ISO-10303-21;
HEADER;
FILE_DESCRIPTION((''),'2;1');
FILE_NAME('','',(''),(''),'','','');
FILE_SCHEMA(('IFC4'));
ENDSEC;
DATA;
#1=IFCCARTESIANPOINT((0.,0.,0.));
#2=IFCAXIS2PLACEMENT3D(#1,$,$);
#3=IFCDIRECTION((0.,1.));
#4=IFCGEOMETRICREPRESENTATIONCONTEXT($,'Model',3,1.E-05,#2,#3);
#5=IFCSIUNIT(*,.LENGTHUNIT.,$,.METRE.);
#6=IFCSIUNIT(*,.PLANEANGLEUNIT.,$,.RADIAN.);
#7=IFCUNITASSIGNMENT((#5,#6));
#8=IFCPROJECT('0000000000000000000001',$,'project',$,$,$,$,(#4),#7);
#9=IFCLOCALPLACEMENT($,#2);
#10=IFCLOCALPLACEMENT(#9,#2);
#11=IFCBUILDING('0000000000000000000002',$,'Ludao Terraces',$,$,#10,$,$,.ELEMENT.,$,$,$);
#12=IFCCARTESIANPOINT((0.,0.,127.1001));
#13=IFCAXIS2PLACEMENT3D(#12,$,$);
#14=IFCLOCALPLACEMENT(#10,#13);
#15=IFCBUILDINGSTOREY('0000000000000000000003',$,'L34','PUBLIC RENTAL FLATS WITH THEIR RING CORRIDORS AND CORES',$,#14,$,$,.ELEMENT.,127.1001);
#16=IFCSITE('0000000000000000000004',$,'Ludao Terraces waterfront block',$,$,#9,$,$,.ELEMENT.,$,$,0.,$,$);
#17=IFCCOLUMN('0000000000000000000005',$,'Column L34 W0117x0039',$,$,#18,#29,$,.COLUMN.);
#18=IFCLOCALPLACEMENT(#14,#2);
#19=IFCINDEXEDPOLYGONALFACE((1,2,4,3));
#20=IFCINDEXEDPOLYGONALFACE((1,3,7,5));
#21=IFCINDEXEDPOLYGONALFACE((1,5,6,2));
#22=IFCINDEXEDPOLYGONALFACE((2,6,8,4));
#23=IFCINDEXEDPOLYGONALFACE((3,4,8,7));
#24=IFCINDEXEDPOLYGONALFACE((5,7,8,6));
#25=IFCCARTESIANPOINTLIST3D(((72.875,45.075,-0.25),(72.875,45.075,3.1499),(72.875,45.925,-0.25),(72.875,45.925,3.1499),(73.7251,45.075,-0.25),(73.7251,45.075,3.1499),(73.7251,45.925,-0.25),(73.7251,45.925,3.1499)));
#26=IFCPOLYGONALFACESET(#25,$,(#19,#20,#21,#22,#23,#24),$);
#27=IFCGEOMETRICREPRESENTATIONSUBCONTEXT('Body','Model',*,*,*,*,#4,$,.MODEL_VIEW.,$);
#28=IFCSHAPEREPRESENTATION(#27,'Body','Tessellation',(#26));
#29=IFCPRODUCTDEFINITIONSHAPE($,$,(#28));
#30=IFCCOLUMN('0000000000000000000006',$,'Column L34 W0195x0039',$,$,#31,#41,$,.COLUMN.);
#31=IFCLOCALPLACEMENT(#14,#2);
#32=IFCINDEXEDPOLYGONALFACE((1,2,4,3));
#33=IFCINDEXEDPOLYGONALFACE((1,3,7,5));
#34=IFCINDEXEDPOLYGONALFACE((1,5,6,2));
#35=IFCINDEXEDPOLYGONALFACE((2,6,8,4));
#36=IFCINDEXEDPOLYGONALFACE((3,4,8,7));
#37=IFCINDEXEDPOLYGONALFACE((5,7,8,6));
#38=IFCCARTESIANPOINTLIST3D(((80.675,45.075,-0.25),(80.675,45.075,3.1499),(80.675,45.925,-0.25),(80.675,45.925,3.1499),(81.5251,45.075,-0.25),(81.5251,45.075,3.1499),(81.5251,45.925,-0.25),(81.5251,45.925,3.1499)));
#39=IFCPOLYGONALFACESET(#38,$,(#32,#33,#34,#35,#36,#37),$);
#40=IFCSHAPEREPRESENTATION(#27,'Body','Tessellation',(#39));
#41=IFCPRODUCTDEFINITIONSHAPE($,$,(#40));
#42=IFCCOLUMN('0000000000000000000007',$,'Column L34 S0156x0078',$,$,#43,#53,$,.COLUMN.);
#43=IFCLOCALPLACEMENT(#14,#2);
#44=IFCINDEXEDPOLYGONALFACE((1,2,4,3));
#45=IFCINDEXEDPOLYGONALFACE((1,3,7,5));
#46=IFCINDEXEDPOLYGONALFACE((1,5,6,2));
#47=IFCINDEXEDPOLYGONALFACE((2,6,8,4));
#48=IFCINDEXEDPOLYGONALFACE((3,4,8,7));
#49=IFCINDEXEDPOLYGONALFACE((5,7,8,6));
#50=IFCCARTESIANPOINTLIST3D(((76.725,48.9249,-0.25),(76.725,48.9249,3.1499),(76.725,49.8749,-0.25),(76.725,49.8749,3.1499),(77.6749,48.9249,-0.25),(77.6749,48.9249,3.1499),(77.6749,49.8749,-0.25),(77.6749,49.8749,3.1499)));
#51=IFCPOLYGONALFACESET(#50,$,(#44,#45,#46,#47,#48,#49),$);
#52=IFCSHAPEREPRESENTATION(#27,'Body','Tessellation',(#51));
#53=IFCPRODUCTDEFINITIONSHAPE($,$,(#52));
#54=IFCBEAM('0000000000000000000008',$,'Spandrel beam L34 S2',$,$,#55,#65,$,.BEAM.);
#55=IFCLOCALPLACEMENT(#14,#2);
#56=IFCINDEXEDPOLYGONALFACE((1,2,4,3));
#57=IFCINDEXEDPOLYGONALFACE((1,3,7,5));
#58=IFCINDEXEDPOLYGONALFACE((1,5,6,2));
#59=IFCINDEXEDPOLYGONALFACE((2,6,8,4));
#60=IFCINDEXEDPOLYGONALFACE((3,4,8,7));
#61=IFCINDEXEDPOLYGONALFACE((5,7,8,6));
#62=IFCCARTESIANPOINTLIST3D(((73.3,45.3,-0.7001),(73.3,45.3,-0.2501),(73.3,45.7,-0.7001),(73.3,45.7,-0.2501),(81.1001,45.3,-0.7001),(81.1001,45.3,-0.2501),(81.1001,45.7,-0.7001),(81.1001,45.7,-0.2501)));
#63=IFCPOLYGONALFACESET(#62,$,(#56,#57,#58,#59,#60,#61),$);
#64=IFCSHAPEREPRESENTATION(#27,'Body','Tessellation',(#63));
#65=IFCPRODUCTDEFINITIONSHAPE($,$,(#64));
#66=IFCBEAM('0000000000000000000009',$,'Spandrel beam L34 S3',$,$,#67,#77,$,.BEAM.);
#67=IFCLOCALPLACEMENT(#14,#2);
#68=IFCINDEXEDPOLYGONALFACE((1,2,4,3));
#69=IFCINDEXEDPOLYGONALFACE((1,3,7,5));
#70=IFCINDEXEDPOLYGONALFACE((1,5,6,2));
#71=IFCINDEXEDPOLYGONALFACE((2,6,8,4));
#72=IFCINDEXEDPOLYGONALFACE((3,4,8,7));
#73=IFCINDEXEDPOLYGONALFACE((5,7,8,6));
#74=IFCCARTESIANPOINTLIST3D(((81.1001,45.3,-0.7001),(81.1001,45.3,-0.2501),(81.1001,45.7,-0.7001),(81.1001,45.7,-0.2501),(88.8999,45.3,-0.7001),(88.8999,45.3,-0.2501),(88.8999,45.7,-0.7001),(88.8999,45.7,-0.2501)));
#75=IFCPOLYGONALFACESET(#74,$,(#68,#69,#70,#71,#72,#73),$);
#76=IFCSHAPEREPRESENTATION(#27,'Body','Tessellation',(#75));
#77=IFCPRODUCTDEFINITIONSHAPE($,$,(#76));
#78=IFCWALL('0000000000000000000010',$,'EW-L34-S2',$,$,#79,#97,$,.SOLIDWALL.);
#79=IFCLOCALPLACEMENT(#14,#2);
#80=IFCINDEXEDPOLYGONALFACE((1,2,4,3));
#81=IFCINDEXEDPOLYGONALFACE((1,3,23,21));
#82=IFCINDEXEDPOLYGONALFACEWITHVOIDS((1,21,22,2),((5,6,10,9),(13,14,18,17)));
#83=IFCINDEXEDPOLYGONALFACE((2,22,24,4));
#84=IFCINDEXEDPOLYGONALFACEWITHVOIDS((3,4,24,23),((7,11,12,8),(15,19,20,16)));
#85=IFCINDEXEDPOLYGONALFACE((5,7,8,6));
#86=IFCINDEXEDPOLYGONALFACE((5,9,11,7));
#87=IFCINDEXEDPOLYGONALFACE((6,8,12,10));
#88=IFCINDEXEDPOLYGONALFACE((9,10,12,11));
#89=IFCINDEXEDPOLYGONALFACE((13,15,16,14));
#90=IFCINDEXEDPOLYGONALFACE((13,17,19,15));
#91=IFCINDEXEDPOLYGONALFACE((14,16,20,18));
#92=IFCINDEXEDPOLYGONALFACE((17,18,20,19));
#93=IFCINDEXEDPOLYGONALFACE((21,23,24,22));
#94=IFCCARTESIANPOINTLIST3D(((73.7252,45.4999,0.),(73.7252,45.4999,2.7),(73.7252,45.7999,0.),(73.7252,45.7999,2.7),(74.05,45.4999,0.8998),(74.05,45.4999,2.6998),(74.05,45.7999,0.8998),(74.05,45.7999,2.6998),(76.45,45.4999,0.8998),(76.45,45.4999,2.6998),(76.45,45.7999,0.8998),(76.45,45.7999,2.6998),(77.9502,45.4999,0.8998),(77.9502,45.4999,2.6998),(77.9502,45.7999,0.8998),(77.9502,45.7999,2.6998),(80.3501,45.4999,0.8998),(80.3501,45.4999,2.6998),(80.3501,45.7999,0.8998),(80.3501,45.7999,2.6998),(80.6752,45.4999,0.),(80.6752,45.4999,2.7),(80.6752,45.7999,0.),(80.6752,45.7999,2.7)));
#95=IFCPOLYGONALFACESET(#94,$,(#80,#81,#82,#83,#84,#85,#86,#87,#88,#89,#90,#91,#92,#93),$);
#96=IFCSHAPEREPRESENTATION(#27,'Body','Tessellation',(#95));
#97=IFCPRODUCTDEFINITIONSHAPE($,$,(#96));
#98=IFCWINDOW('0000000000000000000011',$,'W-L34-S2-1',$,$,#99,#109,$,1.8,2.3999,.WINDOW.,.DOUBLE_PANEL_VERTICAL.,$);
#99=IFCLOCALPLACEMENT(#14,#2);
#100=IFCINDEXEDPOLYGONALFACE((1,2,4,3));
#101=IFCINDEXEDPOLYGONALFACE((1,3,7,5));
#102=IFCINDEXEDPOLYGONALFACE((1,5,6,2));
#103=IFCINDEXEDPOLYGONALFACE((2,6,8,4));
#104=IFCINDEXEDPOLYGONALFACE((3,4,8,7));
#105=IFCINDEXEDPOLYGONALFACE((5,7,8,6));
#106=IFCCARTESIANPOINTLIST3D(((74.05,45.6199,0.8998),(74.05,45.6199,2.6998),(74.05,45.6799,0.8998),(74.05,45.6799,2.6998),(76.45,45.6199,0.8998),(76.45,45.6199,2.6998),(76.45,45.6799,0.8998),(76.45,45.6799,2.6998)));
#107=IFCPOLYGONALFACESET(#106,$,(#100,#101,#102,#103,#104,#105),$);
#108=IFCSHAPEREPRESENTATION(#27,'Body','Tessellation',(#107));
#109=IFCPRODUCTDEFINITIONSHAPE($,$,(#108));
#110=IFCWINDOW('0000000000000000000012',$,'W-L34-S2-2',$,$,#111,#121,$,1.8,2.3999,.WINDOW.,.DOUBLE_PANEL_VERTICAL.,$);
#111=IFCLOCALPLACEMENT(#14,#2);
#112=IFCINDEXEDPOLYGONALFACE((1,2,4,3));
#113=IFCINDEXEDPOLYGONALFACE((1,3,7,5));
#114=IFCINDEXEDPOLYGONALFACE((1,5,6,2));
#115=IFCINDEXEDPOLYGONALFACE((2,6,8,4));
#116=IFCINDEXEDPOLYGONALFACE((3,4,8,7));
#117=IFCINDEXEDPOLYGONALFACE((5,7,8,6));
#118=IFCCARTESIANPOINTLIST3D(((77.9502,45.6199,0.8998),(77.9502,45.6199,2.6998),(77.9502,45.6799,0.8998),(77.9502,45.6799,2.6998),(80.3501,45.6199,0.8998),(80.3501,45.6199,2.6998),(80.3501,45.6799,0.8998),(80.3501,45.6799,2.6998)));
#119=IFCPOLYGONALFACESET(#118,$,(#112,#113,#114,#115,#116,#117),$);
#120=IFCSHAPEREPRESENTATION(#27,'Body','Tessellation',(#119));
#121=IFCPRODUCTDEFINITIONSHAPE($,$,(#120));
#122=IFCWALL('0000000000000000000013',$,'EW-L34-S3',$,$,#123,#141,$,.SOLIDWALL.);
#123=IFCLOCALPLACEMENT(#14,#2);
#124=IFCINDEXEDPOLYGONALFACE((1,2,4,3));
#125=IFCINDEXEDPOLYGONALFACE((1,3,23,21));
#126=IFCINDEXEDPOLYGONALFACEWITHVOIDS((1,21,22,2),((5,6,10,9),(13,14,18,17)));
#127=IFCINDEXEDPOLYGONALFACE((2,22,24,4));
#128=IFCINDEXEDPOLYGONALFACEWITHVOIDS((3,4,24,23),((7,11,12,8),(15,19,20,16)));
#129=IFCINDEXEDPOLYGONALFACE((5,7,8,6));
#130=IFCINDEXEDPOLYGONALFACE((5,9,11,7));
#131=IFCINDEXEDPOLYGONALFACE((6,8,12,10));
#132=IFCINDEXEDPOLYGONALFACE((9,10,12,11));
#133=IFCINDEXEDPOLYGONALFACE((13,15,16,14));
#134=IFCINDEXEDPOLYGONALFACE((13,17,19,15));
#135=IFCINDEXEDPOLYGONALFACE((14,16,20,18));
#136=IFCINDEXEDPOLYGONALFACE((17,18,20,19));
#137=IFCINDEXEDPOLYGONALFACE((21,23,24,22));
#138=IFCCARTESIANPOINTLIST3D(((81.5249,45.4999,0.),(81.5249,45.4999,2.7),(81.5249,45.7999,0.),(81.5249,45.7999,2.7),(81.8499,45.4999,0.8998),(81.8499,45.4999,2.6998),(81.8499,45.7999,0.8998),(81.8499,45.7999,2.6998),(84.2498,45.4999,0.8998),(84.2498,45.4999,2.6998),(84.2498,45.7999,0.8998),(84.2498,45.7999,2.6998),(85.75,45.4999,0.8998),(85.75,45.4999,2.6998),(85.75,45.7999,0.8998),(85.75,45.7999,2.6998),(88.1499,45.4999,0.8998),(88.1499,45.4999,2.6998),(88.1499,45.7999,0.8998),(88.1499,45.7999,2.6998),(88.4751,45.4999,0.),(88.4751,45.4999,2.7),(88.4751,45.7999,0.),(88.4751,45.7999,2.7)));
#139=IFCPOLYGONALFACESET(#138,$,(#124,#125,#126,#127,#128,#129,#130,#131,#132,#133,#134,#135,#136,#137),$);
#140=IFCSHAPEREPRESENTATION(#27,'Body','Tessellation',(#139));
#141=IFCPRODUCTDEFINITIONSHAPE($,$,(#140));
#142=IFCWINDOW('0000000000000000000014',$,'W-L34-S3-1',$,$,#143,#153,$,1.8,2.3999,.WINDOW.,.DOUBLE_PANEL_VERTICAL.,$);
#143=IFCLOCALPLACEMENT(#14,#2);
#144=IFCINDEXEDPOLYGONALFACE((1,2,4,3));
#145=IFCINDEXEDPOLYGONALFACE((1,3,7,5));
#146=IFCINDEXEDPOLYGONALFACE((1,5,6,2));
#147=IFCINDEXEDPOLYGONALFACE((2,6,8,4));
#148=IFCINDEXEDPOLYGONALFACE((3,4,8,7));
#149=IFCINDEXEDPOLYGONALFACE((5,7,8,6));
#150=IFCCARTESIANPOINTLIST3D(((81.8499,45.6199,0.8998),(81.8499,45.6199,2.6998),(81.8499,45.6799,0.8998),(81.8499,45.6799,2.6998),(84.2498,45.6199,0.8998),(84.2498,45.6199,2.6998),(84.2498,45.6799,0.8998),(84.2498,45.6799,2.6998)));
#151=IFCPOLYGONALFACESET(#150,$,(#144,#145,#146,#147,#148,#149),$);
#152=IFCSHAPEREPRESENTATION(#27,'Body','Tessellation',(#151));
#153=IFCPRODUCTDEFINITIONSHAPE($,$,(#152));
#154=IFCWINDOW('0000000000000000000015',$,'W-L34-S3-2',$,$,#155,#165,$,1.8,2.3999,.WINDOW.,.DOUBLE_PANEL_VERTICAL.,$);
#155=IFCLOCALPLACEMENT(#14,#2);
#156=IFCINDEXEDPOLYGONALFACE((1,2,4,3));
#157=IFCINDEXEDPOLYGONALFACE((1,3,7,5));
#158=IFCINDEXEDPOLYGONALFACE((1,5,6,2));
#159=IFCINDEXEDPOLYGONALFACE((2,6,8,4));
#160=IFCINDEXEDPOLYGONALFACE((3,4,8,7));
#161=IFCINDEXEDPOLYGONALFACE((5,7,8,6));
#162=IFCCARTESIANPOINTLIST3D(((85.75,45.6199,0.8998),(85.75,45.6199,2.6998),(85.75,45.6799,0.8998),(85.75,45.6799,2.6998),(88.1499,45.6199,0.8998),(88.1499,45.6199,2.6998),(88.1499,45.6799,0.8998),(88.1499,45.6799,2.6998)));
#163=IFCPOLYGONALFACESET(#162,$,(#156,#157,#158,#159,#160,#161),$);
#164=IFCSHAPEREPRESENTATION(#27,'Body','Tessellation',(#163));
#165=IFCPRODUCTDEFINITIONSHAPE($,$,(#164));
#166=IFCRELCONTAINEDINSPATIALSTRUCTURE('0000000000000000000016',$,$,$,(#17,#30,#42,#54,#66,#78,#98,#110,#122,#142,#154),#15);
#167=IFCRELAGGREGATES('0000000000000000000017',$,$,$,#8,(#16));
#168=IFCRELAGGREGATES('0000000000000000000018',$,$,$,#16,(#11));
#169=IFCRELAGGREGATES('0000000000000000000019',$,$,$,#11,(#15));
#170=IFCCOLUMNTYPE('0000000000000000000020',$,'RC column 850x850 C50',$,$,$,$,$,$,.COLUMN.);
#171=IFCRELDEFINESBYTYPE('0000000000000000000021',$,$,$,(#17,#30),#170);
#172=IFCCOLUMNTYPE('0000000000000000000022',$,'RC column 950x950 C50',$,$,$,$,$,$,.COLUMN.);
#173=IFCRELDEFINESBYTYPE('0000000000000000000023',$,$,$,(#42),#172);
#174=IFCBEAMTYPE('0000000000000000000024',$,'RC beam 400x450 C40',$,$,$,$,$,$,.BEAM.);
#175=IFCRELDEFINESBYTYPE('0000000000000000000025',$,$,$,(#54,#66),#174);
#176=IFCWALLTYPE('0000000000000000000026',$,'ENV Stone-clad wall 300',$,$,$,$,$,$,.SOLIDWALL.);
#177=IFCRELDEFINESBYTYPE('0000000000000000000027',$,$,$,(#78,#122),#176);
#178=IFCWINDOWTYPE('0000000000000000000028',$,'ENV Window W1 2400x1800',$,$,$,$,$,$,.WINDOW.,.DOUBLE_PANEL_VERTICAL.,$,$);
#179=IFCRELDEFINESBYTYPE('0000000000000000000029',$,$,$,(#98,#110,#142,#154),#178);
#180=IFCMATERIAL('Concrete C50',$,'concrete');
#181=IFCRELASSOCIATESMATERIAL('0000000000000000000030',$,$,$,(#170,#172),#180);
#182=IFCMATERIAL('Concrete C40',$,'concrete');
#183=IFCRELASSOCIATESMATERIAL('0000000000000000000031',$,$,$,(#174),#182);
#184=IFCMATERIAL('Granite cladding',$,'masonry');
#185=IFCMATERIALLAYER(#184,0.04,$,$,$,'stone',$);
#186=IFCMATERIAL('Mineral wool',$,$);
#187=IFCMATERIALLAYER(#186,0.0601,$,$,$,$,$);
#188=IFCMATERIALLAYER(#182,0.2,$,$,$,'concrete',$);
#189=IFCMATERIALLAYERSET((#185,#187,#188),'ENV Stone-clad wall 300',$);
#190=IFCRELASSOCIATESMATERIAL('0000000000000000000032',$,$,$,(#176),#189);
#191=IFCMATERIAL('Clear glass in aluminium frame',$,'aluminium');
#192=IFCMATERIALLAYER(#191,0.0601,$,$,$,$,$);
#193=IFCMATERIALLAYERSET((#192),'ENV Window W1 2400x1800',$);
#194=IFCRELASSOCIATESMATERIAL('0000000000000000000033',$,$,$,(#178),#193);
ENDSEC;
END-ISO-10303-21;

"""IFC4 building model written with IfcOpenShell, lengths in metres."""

from ifc_helpers import new_model, si_unit, direction, frame, frame_2d, origin, origin_2d, place, context, subcontext, project, spatial, rectangle, extrude, material, layer, layer_set, material_profile, profile_set, type_object, element, fill, save


model = new_model("IFC4")

# Units and contexts
model_context = context("Model", 3, precision=1e-05, world=origin(), true_north=direction((0.0, 1.0)))
body_context = subcontext(model_context, "Body", "Model", "MODEL_VIEW")
ifc_project = project(units=[si_unit("LENGTHUNIT", "METRE"), si_unit("PLANEANGLEUNIT", "RADIAN")], contexts=[model_context])

# Site, building, storey
site_placement = place(None, origin())
site = spatial("IfcSite", under=ifc_project, at=site_placement, Name="Ludao Terraces waterfront block", CompositionType="ELEMENT", RefElevation=0.0)
building_placement = place(site_placement, origin())
building = spatial("IfcBuilding", under=site, at=building_placement, Name="Ludao Terraces", CompositionType="ELEMENT")
storey_placement = place(building_placement, frame((0.0, 0.0, 127.1001)))
storey = spatial("IfcBuildingStorey", under=building, at=storey_placement, Name="L34", Description="PUBLIC RENTAL FLATS WITH THEIR RING CORRIDORS AND CORES", CompositionType="ELEMENT", Elevation=127.1001)

# Columns
ifc_material_1 = material(Name="Concrete C50", Category="concrete")
ifc_material_profile_1 = material_profile(ifc_material_1, rectangle(XDim=0.8501, YDim=0.8501, at=origin_2d()), Name="850 X 850")
ifc_profile_set_1 = profile_set([ifc_material_profile_1], Name="Concrete C50")
column_type_1 = type_object("IfcColumnType", Name="RC column 850x850 C50", PredefinedType="COLUMN", material=ifc_profile_set_1)
for number, where, z_axis, x_axis, name in (
    (1, (73.3, 45.5, -0.25), (0.0, 0.0, 1.0), (1.0, 0.0, 0.0), "Column L34 W0117x0039"),
    (2, (81.1001, 45.5, -0.25), (0.0, 0.0, 1.0), (1.0, 0.0, 0.0), "Column L34 W0195x0039"),
):
    element("IfcColumn", number, at=place(storey_placement, frame(where, z_axis=z_axis, x_axis=x_axis)), inside=storey, type_object=column_type_1, Name=name, PredefinedType="COLUMN", context=body_context, shape_type="SweptSolid", body=[
        extrude(rectangle(XDim=0.8501, YDim=0.8501, at=origin_2d()), origin(), (0.0, 0.0, 1.0), 3.3999),
    ])
ifc_material_profile_2 = material_profile(ifc_material_1, rectangle(XDim=0.95, YDim=0.95, at=origin_2d()), Name="950 X 950")
ifc_profile_set_2 = profile_set([ifc_material_profile_2], Name="Concrete C50")
column_type_2 = type_object("IfcColumnType", Name="RC column 950x950 C50", PredefinedType="COLUMN", material=ifc_profile_set_2)
column_placement = place(storey_placement, frame((77.2, 49.3999, -0.25), z_axis=(0.0, 0.0, 1.0), x_axis=(1.0, 0.0, 0.0)))
element("IfcColumn", 3, at=column_placement, inside=storey, type_object=column_type_2, Name="Column L34 S0156x0078", PredefinedType="COLUMN", context=body_context, shape_type="SweptSolid", body=[
    extrude(rectangle(XDim=0.95, YDim=0.95, at=origin_2d()), origin(), (0.0, 0.0, 1.0), 3.3999),
])

# Beams
ifc_material_2 = material(Name="Concrete C40", Category="concrete")
ifc_material_profile_3 = material_profile(ifc_material_2, rectangle(XDim=0.3999, YDim=0.45, at=origin_2d()), Name="400 X 450")
ifc_profile_set_3 = profile_set([ifc_material_profile_3], Name="Concrete C40")
beam_type = type_object("IfcBeamType", Name="RC beam 400x450 C40", PredefinedType="BEAM", material=ifc_profile_set_3)
beam_1_placement = place(storey_placement, frame((73.3, 45.5, -0.4751), z_axis=(1.0, 0.0, 0.0), x_axis=(0.0, 1.0, 0.0)))
element("IfcBeam", 4, at=beam_1_placement, inside=storey, type_object=beam_type, Name="Spandrel beam L34 S2", PredefinedType="BEAM", context=body_context, shape_type="SweptSolid", body=[
    extrude(rectangle(XDim=0.3999, YDim=0.45, at=origin_2d()), origin(), (0.0, 0.0, 1.0), 7.8),
])
beam_2_placement = place(storey_placement, frame((81.1001, 45.5, -0.4751), z_axis=(1.0, 0.0, 0.0), x_axis=(0.0, 1.0, 0.0)))
element("IfcBeam", 5, at=beam_2_placement, inside=storey, type_object=beam_type, Name="Spandrel beam L34 S3", PredefinedType="BEAM", context=body_context, shape_type="SweptSolid", body=[
    extrude(rectangle(XDim=0.3999, YDim=0.45, at=origin_2d()), origin(), (0.0, 0.0, 1.0), 7.7998),
])

# Walls, openings, windows
ifc_material_3 = material(Name="Granite cladding", Category="masonry")
ifc_layer_1 = layer(ifc_material_3, 0.04, Category="stone")
ifc_material_4 = material(Name="Mineral wool")
ifc_layer_2 = layer(ifc_material_4, 0.0601)
ifc_layer_3 = layer(ifc_material_2, 0.2, Category="concrete")
ifc_layer_set_1 = layer_set([ifc_layer_1, ifc_layer_2, ifc_layer_3], Name="ENV Stone-clad wall 300")
wall_type_1 = type_object("IfcWallType", Name="ENV Stone-clad wall 300", PredefinedType="SOLIDWALL", material=ifc_layer_set_1)
wall_1_placement = place(storey_placement, frame((73.7251, 45.6499, 0.0), z_axis=(0.0, 0.0, 1.0), x_axis=(1.0, 0.0, 0.0)))
wall_1 = element("IfcWall", 6, at=wall_1_placement, inside=storey, type_object=wall_type_1, Name="EW-L34-S2", PredefinedType="SOLIDWALL", context=body_context, shape_type="SweptSolid", body=[
    extrude(rectangle(XDim=6.95, YDim=0.3, at=frame_2d((3.4751, 0.0))), origin(), (0.0, 0.0, 1.0), 2.7),
])
opening_1_placement = place(wall_1_placement, frame((0.325, 0.0, 0.8999)))
opening_1 = element("IfcOpeningElement", 7, at=opening_1_placement, cuts=wall_1, PredefinedType="OPENING", context=body_context, shape_type="SweptSolid", body=[
    extrude(rectangle(XDim=2.3999, YDim=1.8, at=frame_2d((1.2, 0.8999))), frame((0.0, 0.1602, 0.0), z_axis=(0.0, -1.0, 0.0), x_axis=(1.0, 0.0, 0.0)), (0.0, 0.0, 1.0), 0.3201),
])
opening_2_placement = place(wall_1_placement, frame((4.2251, 0.0, 0.8999)))
opening_2 = element("IfcOpeningElement", 8, at=opening_2_placement, cuts=wall_1, PredefinedType="OPENING", context=body_context, shape_type="SweptSolid", body=[
    extrude(rectangle(XDim=2.3999, YDim=1.8, at=frame_2d((1.2, 0.8999))), frame((0.0, 0.1602, 0.0), z_axis=(0.0, -1.0, 0.0), x_axis=(1.0, 0.0, 0.0)), (0.0, 0.0, 1.0), 0.3201),
])
ifc_material_5 = material(Name="Clear glass in aluminium frame", Category="aluminium")
ifc_layer_4 = layer(ifc_material_5, 0.0601)
ifc_layer_set_2 = layer_set([ifc_layer_4], Name="ENV Window W1 2400x1800")
window_type = type_object("IfcWindowType", Name="ENV Window W1 2400x1800", PartitioningType="DOUBLE_PANEL_VERTICAL", PredefinedType="WINDOW", material=ifc_layer_set_2)
window_1_placement = place(opening_1_placement, origin())
window_1 = element("IfcWindow", 9, at=window_1_placement, inside=storey, type_object=window_type, Name="W-L34-S2-1", OverallHeight=1.8, OverallWidth=2.3999, PartitioningType="DOUBLE_PANEL_VERTICAL", PredefinedType="WINDOW", context=body_context, shape_type="SweptSolid", body=[
    extrude(rectangle(XDim=2.3999, YDim=1.8, at=frame_2d((1.2, 0.8999))), frame((0.0, 0.03, 0.0), z_axis=(0.0, -1.0, 0.0), x_axis=(1.0, 0.0, 0.0)), (0.0, 0.0, 1.0), 0.0601),
])
fill(opening_1, window_1)
window_2_placement = place(opening_2_placement, origin())
window_2 = element("IfcWindow", 10, at=window_2_placement, inside=storey, type_object=window_type, Name="W-L34-S2-2", OverallHeight=1.8, OverallWidth=2.3999, PartitioningType="DOUBLE_PANEL_VERTICAL", PredefinedType="WINDOW", context=body_context, shape_type="SweptSolid", body=[
    extrude(rectangle(XDim=2.3999, YDim=1.8, at=frame_2d((1.2, 0.8999))), frame((0.0, 0.03, 0.0), z_axis=(0.0, -1.0, 0.0), x_axis=(1.0, 0.0, 0.0)), (0.0, 0.0, 1.0), 0.0601),
])
fill(opening_2, window_2)
wall_2_placement = place(storey_placement, frame((81.5249, 45.6499, 0.0), z_axis=(0.0, 0.0, 1.0), x_axis=(1.0, 0.0, 0.0)))
wall_2 = element("IfcWall", 11, at=wall_2_placement, inside=storey, type_object=wall_type_1, Name="EW-L34-S3", PredefinedType="SOLIDWALL", context=body_context, shape_type="SweptSolid", body=[
    extrude(rectangle(XDim=6.9502, YDim=0.3, at=frame_2d((3.4751, 0.0))), origin(), (0.0, 0.0, 1.0), 2.7),
])
opening_3_placement = place(wall_2_placement, frame((0.325, 0.0, 0.8999)))
opening_3 = element("IfcOpeningElement", 12, at=opening_3_placement, cuts=wall_2, PredefinedType="OPENING", context=body_context, shape_type="SweptSolid", body=[
    extrude(rectangle(XDim=2.3999, YDim=1.8, at=frame_2d((1.2, 0.8999))), frame((0.0, 0.1602, 0.0), z_axis=(0.0, -1.0, 0.0), x_axis=(1.0, 0.0, 0.0)), (0.0, 0.0, 1.0), 0.3201),
])
opening_4_placement = place(wall_2_placement, frame((4.2251, 0.0, 0.8999)))
opening_4 = element("IfcOpeningElement", 13, at=opening_4_placement, cuts=wall_2, PredefinedType="OPENING", context=body_context, shape_type="SweptSolid", body=[
    extrude(rectangle(XDim=2.3999, YDim=1.8, at=frame_2d((1.2, 0.8999))), frame((0.0, 0.1602, 0.0), z_axis=(0.0, -1.0, 0.0), x_axis=(1.0, 0.0, 0.0)), (0.0, 0.0, 1.0), 0.3201),
])
window_3_placement = place(opening_3_placement, origin())
window_3 = element("IfcWindow", 14, at=window_3_placement, inside=storey, type_object=window_type, Name="W-L34-S3-1", OverallHeight=1.8, OverallWidth=2.3999, PartitioningType="DOUBLE_PANEL_VERTICAL", PredefinedType="WINDOW", context=body_context, shape_type="SweptSolid", body=[
    extrude(rectangle(XDim=2.3999, YDim=1.8, at=frame_2d((1.2, 0.8999))), frame((0.0, 0.03, 0.0), z_axis=(0.0, -1.0, 0.0), x_axis=(1.0, 0.0, 0.0)), (0.0, 0.0, 1.0), 0.0601),
])
fill(opening_3, window_3)
window_4_placement = place(opening_4_placement, origin())
window_4 = element("IfcWindow", 15, at=window_4_placement, inside=storey, type_object=window_type, Name="W-L34-S3-2", OverallHeight=1.8, OverallWidth=2.3999, PartitioningType="DOUBLE_PANEL_VERTICAL", PredefinedType="WINDOW", context=body_context, shape_type="SweptSolid", body=[
    extrude(rectangle(XDim=2.3999, YDim=1.8, at=frame_2d((1.2, 0.8999))), frame((0.0, 0.03, 0.0), z_axis=(0.0, -1.0, 0.0), x_axis=(1.0, 0.0, 0.0)), (0.0, 0.0, 1.0), 0.0601),
])
fill(opening_4, window_4)

save(model, "model.ifc")
